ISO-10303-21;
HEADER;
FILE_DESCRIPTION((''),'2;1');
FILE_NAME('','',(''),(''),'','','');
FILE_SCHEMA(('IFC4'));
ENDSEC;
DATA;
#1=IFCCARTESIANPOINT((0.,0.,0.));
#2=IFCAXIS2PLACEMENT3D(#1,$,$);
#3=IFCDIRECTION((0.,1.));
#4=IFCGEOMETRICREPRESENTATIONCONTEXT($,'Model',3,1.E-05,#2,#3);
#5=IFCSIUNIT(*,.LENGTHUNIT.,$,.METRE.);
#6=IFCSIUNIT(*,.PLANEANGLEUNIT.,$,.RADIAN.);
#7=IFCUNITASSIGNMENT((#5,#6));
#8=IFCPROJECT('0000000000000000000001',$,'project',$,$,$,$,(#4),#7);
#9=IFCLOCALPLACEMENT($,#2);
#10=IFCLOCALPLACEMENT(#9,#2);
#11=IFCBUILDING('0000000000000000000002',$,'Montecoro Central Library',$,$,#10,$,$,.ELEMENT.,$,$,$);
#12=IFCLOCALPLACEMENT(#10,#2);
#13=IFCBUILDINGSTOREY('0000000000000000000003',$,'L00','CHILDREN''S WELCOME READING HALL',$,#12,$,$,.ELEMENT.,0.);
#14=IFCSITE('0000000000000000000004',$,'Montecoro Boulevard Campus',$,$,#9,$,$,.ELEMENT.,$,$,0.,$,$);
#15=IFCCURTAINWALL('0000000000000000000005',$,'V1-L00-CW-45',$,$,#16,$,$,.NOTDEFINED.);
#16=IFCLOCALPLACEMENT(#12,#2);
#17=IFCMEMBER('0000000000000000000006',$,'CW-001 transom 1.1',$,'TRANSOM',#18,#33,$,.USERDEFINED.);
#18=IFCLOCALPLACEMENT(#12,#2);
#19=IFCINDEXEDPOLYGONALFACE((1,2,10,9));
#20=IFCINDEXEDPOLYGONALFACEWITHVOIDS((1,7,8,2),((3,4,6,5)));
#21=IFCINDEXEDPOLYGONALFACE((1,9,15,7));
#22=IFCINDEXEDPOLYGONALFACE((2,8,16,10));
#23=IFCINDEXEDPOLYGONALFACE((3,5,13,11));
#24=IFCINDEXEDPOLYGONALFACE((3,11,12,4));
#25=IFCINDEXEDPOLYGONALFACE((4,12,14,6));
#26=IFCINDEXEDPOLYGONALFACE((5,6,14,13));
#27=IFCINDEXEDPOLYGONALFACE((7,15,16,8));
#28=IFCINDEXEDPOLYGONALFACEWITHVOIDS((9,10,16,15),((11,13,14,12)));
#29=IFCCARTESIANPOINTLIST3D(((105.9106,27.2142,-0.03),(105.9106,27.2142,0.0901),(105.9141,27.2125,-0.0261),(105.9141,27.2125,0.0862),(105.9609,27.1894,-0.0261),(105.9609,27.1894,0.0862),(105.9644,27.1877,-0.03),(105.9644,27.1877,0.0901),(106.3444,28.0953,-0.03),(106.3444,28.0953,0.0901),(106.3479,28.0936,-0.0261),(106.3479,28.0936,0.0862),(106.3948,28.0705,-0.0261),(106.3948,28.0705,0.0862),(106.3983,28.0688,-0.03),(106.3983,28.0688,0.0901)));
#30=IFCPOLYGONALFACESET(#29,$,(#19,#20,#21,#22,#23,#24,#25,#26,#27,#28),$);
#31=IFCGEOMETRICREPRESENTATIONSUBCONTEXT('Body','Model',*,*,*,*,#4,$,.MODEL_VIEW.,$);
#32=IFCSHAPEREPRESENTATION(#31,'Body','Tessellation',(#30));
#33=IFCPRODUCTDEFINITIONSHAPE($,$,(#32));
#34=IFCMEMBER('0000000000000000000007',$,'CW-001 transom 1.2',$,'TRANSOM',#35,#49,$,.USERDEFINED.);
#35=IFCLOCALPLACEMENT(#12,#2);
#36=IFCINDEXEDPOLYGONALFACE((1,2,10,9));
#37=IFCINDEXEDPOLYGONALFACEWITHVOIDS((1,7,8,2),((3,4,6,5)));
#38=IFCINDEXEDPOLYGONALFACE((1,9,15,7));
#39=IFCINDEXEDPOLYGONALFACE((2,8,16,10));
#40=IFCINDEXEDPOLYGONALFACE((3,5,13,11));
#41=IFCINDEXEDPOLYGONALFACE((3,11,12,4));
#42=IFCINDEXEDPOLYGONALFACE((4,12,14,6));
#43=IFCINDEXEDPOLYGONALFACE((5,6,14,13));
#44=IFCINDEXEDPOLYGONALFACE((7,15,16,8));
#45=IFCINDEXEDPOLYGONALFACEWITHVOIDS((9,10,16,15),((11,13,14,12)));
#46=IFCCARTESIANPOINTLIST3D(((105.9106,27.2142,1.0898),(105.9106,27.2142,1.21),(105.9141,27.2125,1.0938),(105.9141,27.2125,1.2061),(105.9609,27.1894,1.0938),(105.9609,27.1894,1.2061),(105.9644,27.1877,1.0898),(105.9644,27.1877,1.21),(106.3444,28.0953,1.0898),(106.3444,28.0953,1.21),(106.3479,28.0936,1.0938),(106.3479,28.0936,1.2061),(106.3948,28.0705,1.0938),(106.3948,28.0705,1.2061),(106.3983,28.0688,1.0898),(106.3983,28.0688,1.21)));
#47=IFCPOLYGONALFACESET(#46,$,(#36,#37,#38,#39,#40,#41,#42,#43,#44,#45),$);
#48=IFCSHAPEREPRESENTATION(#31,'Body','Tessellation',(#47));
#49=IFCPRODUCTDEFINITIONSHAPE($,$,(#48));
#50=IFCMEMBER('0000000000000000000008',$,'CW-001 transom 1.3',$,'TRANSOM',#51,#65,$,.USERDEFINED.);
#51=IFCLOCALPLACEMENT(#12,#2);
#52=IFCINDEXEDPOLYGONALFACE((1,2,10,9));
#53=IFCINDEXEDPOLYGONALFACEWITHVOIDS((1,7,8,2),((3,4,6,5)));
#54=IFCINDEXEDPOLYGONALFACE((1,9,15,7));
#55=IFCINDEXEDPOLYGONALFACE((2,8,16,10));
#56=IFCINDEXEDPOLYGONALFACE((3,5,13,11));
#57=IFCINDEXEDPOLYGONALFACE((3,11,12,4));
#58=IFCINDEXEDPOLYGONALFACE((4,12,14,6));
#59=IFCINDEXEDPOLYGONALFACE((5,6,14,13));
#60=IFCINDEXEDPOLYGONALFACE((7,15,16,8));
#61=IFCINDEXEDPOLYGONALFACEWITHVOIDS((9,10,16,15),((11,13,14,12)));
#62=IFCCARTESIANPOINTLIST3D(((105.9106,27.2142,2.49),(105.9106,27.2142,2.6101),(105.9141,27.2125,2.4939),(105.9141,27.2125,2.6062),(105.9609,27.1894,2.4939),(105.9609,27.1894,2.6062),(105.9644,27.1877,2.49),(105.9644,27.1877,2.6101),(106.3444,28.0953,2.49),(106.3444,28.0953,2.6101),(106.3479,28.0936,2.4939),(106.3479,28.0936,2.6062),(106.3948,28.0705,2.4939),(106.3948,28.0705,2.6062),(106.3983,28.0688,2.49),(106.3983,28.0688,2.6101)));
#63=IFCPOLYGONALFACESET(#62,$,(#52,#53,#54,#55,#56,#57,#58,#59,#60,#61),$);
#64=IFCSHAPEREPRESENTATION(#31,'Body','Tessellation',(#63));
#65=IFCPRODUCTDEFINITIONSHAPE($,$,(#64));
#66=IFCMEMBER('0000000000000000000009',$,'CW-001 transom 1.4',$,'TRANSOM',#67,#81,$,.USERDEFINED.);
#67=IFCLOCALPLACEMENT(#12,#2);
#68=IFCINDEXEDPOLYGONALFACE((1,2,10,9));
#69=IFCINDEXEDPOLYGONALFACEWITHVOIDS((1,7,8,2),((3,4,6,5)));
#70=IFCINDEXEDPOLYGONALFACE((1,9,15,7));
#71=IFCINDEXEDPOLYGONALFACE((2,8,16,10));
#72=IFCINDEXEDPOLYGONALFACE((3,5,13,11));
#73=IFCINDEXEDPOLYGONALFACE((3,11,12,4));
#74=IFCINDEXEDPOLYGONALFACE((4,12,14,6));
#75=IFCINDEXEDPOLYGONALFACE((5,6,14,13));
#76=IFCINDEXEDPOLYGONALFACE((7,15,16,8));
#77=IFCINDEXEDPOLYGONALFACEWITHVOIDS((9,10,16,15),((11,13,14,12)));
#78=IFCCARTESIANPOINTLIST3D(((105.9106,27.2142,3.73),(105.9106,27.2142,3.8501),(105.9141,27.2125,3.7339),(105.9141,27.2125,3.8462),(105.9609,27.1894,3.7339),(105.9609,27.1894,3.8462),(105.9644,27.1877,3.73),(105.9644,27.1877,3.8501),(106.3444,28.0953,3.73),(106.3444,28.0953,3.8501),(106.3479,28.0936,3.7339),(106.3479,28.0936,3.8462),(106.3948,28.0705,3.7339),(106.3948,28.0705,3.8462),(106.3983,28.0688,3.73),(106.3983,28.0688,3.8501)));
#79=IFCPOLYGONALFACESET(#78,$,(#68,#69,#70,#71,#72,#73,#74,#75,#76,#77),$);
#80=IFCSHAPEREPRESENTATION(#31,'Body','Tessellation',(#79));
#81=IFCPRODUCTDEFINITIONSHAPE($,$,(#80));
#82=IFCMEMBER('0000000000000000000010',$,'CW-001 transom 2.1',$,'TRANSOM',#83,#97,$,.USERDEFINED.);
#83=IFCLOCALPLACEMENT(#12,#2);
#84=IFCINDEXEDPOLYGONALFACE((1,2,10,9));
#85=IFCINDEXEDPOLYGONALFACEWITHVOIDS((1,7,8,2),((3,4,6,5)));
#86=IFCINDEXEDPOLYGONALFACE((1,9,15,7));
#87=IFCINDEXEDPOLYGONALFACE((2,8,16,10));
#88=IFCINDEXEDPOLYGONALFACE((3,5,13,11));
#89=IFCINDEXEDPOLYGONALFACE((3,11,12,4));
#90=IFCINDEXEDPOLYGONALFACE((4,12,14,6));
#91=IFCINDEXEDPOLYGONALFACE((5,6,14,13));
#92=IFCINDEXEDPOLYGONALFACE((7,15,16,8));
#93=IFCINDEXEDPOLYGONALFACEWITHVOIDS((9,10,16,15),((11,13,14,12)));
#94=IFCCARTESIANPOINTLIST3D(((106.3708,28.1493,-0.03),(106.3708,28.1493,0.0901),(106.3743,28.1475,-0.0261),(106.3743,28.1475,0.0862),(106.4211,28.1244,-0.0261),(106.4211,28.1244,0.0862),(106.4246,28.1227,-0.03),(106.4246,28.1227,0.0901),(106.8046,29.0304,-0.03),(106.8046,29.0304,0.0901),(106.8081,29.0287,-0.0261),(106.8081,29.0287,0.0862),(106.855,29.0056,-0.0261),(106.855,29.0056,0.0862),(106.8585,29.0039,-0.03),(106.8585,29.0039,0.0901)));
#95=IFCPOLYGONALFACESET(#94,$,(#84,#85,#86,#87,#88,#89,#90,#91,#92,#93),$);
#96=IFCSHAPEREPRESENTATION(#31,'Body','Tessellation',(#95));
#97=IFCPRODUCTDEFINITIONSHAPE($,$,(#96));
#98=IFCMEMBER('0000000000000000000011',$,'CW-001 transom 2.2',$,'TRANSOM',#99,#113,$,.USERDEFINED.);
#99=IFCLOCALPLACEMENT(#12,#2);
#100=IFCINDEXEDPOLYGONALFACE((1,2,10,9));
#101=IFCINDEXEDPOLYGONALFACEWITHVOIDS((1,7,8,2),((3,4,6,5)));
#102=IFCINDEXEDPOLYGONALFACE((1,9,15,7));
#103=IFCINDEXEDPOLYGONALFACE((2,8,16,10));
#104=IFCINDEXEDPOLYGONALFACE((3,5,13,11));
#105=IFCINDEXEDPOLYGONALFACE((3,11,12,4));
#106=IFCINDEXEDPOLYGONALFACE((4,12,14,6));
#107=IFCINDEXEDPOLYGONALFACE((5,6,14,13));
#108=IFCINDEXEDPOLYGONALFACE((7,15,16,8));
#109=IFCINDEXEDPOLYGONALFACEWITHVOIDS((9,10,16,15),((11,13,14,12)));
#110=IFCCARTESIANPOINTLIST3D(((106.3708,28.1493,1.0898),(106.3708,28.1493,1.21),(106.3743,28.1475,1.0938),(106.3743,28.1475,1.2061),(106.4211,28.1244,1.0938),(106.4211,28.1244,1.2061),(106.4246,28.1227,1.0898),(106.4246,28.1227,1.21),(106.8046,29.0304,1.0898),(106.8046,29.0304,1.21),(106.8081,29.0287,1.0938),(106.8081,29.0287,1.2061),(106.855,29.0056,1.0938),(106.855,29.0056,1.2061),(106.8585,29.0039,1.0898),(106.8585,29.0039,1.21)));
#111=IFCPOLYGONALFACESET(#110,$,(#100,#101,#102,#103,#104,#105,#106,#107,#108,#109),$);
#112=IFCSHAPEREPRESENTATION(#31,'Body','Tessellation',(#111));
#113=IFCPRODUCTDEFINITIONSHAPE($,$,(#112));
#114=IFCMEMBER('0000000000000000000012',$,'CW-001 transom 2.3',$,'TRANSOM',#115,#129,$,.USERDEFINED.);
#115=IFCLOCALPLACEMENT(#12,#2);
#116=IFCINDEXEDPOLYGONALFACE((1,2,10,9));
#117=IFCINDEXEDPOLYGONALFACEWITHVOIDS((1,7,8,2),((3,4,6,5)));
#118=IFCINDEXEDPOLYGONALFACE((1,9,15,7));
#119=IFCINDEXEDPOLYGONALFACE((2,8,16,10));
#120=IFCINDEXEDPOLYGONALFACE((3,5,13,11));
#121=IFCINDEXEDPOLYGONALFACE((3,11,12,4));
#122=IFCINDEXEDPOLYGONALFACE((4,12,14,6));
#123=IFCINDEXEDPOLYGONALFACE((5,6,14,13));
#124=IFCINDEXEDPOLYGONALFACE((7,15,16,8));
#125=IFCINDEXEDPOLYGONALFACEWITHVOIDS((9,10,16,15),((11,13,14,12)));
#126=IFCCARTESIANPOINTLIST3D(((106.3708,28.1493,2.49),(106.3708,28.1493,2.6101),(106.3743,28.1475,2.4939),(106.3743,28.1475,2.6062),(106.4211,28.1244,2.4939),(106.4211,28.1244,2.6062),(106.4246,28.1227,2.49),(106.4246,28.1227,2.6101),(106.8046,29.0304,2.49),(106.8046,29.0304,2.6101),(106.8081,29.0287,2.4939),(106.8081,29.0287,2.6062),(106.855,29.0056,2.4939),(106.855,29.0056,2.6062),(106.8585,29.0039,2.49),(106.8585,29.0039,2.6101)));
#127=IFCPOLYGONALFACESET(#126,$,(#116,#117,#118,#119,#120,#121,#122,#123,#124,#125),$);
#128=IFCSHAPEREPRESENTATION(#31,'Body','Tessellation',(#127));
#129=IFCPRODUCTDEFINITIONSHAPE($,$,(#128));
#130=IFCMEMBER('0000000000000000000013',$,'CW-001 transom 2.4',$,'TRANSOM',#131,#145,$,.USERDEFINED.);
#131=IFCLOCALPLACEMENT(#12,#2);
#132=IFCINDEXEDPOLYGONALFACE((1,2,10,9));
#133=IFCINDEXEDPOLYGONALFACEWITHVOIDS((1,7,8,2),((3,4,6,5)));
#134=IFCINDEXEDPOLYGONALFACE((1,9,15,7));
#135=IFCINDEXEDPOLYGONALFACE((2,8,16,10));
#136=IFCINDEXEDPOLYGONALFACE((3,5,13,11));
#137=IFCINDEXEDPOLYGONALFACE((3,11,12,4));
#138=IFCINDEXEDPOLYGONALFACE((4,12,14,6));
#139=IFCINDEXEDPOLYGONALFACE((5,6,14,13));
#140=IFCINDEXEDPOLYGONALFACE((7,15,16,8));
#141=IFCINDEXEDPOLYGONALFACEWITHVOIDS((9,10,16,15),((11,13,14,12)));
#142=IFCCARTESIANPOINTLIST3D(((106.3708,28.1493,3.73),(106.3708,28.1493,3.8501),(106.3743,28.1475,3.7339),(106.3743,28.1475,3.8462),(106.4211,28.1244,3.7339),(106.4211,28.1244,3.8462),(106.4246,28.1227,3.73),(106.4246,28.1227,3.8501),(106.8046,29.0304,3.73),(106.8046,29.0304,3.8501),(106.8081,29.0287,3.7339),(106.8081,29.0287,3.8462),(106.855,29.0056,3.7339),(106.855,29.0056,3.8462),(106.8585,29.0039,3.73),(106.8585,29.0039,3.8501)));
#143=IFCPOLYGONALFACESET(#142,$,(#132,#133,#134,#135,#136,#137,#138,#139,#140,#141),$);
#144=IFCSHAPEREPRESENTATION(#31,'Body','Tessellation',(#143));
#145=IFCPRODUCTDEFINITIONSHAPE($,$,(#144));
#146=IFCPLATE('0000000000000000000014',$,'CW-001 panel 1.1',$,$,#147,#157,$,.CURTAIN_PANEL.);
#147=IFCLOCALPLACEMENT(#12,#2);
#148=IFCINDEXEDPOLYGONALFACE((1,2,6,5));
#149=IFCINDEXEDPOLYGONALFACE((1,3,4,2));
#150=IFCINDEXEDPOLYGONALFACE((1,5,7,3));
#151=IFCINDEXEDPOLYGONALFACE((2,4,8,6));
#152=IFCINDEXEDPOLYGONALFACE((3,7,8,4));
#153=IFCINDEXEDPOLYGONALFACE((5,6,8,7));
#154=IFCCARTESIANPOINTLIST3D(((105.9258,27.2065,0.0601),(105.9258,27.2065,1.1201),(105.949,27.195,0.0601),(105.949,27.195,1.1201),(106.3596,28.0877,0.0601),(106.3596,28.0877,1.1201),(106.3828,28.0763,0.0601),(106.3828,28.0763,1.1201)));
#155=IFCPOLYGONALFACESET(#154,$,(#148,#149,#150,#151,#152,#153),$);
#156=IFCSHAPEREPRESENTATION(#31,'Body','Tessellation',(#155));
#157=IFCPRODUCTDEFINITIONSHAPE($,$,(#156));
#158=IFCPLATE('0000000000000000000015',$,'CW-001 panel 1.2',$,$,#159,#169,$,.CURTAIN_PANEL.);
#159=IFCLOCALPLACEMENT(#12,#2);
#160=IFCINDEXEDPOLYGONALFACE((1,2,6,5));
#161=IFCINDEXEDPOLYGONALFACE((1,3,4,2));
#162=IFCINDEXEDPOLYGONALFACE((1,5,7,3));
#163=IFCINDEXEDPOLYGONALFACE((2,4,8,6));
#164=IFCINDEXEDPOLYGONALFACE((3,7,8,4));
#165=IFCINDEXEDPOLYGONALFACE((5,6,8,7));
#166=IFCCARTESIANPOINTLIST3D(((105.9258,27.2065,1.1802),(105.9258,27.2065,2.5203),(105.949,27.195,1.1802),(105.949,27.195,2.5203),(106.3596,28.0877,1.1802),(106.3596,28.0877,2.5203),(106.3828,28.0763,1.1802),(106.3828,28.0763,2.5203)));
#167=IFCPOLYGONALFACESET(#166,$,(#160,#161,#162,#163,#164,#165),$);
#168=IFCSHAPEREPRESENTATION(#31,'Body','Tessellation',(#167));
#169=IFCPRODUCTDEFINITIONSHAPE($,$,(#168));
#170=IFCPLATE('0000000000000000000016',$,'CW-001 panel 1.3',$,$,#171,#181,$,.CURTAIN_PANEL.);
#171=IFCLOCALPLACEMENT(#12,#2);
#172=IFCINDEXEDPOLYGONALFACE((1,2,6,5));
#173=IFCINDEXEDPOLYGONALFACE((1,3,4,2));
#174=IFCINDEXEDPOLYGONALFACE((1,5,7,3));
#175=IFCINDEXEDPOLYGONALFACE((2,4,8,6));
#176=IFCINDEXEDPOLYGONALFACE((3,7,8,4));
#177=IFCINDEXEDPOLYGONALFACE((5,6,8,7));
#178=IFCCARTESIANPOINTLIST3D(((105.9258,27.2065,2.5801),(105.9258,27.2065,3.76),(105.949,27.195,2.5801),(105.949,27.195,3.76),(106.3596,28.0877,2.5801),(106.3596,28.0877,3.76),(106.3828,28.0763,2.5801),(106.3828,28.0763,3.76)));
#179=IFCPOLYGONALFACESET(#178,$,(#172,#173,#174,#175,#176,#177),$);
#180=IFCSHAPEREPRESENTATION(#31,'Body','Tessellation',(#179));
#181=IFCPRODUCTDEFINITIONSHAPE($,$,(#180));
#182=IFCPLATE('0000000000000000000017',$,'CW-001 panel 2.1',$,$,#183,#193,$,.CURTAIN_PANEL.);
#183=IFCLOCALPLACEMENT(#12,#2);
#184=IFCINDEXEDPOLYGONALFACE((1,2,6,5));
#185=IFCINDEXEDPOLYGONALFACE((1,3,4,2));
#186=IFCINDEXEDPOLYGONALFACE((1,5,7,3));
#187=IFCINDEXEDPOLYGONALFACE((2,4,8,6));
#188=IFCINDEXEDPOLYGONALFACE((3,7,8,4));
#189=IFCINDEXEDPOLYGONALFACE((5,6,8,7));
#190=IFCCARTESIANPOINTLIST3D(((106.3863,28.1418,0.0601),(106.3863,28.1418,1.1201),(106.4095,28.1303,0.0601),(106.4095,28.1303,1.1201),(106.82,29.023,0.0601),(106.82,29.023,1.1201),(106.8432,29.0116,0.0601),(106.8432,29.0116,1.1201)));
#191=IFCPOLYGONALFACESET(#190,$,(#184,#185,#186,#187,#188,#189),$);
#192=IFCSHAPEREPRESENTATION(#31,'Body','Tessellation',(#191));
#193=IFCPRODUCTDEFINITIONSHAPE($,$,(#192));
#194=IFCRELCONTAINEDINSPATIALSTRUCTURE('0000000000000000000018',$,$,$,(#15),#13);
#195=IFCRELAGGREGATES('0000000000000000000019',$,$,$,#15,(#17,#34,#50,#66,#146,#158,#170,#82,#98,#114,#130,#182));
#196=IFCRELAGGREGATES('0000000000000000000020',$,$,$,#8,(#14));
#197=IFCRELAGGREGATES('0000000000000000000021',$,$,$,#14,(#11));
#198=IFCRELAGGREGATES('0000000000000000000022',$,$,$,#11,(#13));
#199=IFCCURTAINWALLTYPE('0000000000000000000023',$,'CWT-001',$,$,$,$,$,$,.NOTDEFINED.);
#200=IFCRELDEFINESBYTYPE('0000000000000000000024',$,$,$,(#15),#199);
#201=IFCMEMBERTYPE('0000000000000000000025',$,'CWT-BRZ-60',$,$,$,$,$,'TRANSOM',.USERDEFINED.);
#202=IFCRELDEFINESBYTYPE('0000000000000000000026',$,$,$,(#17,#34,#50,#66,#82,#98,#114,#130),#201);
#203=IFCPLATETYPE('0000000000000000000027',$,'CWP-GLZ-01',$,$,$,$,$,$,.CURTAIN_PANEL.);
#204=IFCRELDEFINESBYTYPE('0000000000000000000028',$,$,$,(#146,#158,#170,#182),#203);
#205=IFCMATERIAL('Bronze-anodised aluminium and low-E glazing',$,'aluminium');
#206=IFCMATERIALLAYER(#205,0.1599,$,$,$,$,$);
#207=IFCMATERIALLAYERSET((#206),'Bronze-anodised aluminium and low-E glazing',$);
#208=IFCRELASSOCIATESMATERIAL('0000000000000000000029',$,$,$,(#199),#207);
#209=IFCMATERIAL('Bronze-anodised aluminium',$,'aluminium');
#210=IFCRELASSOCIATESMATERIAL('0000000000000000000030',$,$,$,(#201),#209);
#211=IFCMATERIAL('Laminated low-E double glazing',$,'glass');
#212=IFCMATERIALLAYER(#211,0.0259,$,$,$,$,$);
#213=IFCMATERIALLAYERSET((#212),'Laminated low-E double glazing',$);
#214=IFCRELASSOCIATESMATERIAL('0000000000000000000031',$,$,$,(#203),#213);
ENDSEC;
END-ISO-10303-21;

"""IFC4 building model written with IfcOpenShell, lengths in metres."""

from ifc_helpers import new_model, si_unit, direction, frame, origin, origin_2d, place, context, subcontext, project, spatial, rectangle, hollow_rectangle, extrude, material, layer, layer_set, material_profile, profile_set, type_object, element, aggregate, save


model = new_model("IFC4")

# Units and contexts
model_context = context("Model", 3, precision=1e-05, world=origin(), true_north=direction((0.0, 1.0)))
body_context = subcontext(model_context, "Body", "Model", "MODEL_VIEW")
ifc_project = project(units=[si_unit("LENGTHUNIT", "METRE"), si_unit("PLANEANGLEUNIT", "RADIAN")], contexts=[model_context])

# Site, building, storey
site_placement = place(None, origin())
site = spatial("IfcSite", under=ifc_project, at=site_placement, Name="Montecoro Boulevard Campus", CompositionType="ELEMENT", RefElevation=0.0)
building_placement = place(site_placement, origin())
building = spatial("IfcBuilding", under=site, at=building_placement, Name="Montecoro Central Library", CompositionType="ELEMENT")
storey_placement = place(building_placement, origin())
storey = spatial("IfcBuildingStorey", under=building, at=storey_placement, Name="L00", Description="CHILDREN'S WELCOME READING HALL", CompositionType="ELEMENT", Elevation=0.0)

# Curtain wall, members, plates
ifc_material_1 = material(Name="Bronze-anodised aluminium and low-E glazing", Category="aluminium")
ifc_layer_1 = layer(ifc_material_1, 0.1599)
ifc_layer_set_1 = layer_set([ifc_layer_1], Name="Bronze-anodised aluminium and low-E glazing")
curtain_wall_type = type_object("IfcCurtainWallType", Name="CWT-001", PredefinedType="NOTDEFINED", material=ifc_layer_set_1)
curtain_wall_placement = place(storey_placement, origin())
curtain_wall = element("IfcCurtainWall", 1, at=curtain_wall_placement, inside=storey, type_object=curtain_wall_type, Name="V1-L00-CW-45", PredefinedType="NOTDEFINED")
ifc_material_2 = material(Name="Bronze-anodised aluminium", Category="aluminium")
ifc_material_profile_1 = material_profile(ifc_material_2, hollow_rectangle(XDim=0.0601, YDim=0.1201, WallThickness=0.0039, at=origin_2d()), Name="CWT 120x60x4.0")
ifc_profile_set_1 = profile_set([ifc_material_profile_1], Name="Bronze-anodised aluminium")
member_type_1 = type_object("IfcMemberType", Name="CWT-BRZ-60", ElementType="TRANSOM", PredefinedType="USERDEFINED", material=ifc_profile_set_1)
member_1_placement = place(storey_placement, frame((105.9375, 27.2009, 0.03), z_axis=(0.441736, 0.897145, 0.0), x_axis=(-0.897145, 0.441736, 0.0)))
member_1 = element("IfcMember", 2, at=member_1_placement, type_object=member_type_1, Name="CW-001 transom 1.1", ObjectType="TRANSOM", PredefinedType="USERDEFINED", context=body_context, shape_type="SweptSolid", body=[
    extrude(hollow_rectangle(XDim=0.0601, YDim=0.1201, WallThickness=0.0039, at=origin_2d()), origin(), (0.0, 0.0, 1.0), 0.9822),
])
member_2_placement = place(storey_placement, frame((105.9375, 27.2009, 1.1499), z_axis=(0.441736, 0.897145, 0.0), x_axis=(-0.897145, 0.441736, 0.0)))
member_2 = element("IfcMember", 3, at=member_2_placement, type_object=member_type_1, Name="CW-001 transom 1.2", ObjectType="TRANSOM", PredefinedType="USERDEFINED", context=body_context, shape_type="SweptSolid", body=[
    extrude(hollow_rectangle(XDim=0.0601, YDim=0.1201, WallThickness=0.0039, at=origin_2d()), origin(), (0.0, 0.0, 1.0), 0.9822),
])
member_3_placement = place(storey_placement, frame((105.9375, 27.2009, 2.55), z_axis=(0.441736, 0.897145, 0.0), x_axis=(-0.897145, 0.441736, 0.0)))
member_3 = element("IfcMember", 4, at=member_3_placement, type_object=member_type_1, Name="CW-001 transom 1.3", ObjectType="TRANSOM", PredefinedType="USERDEFINED", context=body_context, shape_type="SweptSolid", body=[
    extrude(hollow_rectangle(XDim=0.0601, YDim=0.1201, WallThickness=0.0039, at=origin_2d()), origin(), (0.0, 0.0, 1.0), 0.9822),
])
member_4_placement = place(storey_placement, frame((105.9375, 27.2009, 3.79), z_axis=(0.441736, 0.897145, 0.0), x_axis=(-0.897145, 0.441736, 0.0)))
member_4 = element("IfcMember", 5, at=member_4_placement, type_object=member_type_1, Name="CW-001 transom 1.4", ObjectType="TRANSOM", PredefinedType="USERDEFINED", context=body_context, shape_type="SweptSolid", body=[
    extrude(hollow_rectangle(XDim=0.0601, YDim=0.1201, WallThickness=0.0039, at=origin_2d()), origin(), (0.0, 0.0, 1.0), 0.9822),
])
member_5_placement = place(storey_placement, frame((106.3977, 28.136, 0.03), z_axis=(0.441736, 0.897145, 0.0), x_axis=(-0.897145, 0.441736, 0.0)))
member_5 = element("IfcMember", 6, at=member_5_placement, type_object=member_type_1, Name="CW-001 transom 2.1", ObjectType="TRANSOM", PredefinedType="USERDEFINED", context=body_context, shape_type="SweptSolid", body=[
    extrude(hollow_rectangle(XDim=0.0601, YDim=0.1201, WallThickness=0.0039, at=origin_2d()), origin(), (0.0, 0.0, 1.0), 0.9822),
])
member_6_placement = place(storey_placement, frame((106.3977, 28.136, 1.1499), z_axis=(0.441736, 0.897145, 0.0), x_axis=(-0.897145, 0.441736, 0.0)))
member_6 = element("IfcMember", 7, at=member_6_placement, type_object=member_type_1, Name="CW-001 transom 2.2", ObjectType="TRANSOM", PredefinedType="USERDEFINED", context=body_context, shape_type="SweptSolid", body=[
    extrude(hollow_rectangle(XDim=0.0601, YDim=0.1201, WallThickness=0.0039, at=origin_2d()), origin(), (0.0, 0.0, 1.0), 0.9822),
])
member_7_placement = place(storey_placement, frame((106.3977, 28.136, 2.55), z_axis=(0.441736, 0.897145, 0.0), x_axis=(-0.897145, 0.441736, 0.0)))
member_7 = element("IfcMember", 8, at=member_7_placement, type_object=member_type_1, Name="CW-001 transom 2.3", ObjectType="TRANSOM", PredefinedType="USERDEFINED", context=body_context, shape_type="SweptSolid", body=[
    extrude(hollow_rectangle(XDim=0.0601, YDim=0.1201, WallThickness=0.0039, at=origin_2d()), origin(), (0.0, 0.0, 1.0), 0.9822),
])
member_8_placement = place(storey_placement, frame((106.3977, 28.136, 3.79), z_axis=(0.441736, 0.897145, 0.0), x_axis=(-0.897145, 0.441736, 0.0)))
member_8 = element("IfcMember", 9, at=member_8_placement, type_object=member_type_1, Name="CW-001 transom 2.4", ObjectType="TRANSOM", PredefinedType="USERDEFINED", context=body_context, shape_type="SweptSolid", body=[
    extrude(hollow_rectangle(XDim=0.0601, YDim=0.1201, WallThickness=0.0039, at=origin_2d()), origin(), (0.0, 0.0, 1.0), 0.9822),
])
ifc_material_3 = material(Name="Laminated low-E double glazing", Category="glass")
ifc_layer_2 = layer(ifc_material_3, 0.0259)
ifc_layer_set_2 = layer_set([ifc_layer_2], Name="Laminated low-E double glazing")
plate_type_1 = type_object("IfcPlateType", Name="CWP-GLZ-01", PredefinedType="CURTAIN_PANEL", material=ifc_layer_set_2)
plate_1_placement = place(storey_placement, frame((106.1543, 27.6414, 0.0601), z_axis=(0.0, 0.0, 1.0), x_axis=(0.441609, 0.897208, 0.0)))
plate_1 = element("IfcPlate", 10, at=plate_1_placement, type_object=plate_type_1, Name="CW-001 panel 1.1", PredefinedType="CURTAIN_PANEL", context=body_context, shape_type="SweptSolid", body=[
    extrude(rectangle(XDim=0.9822, YDim=0.0259, at=origin_2d()), origin(), (0.0, 0.0, 1.0), 1.0601),
])
plate_2_placement = place(storey_placement, frame((106.1543, 27.6414, 1.1802), z_axis=(0.0, 0.0, 1.0), x_axis=(0.441609, 0.897208, 0.0)))
plate_2 = element("IfcPlate", 11, at=plate_2_placement, type_object=plate_type_1, Name="CW-001 panel 1.2", PredefinedType="CURTAIN_PANEL", context=body_context, shape_type="SweptSolid", body=[
    extrude(rectangle(XDim=0.9822, YDim=0.0259, at=origin_2d()), origin(), (0.0, 0.0, 1.0), 1.3401),
])
plate_3_placement = place(storey_placement, frame((106.1543, 27.6414, 2.5801), z_axis=(0.0, 0.0, 1.0), x_axis=(0.441609, 0.897208, 0.0)))
plate_3 = element("IfcPlate", 12, at=plate_3_placement, type_object=plate_type_1, Name="CW-001 panel 1.3", PredefinedType="CURTAIN_PANEL", context=body_context, shape_type="SweptSolid", body=[
    extrude(rectangle(XDim=0.9822, YDim=0.0259, at=origin_2d()), origin(), (0.0, 0.0, 1.0), 1.1799),
])
plate_4_placement = place(storey_placement, frame((106.6147, 28.5767, 0.0601), z_axis=(0.0, 0.0, 1.0), x_axis=(0.441609, 0.897208, 0.0)))
plate_4 = element("IfcPlate", 13, at=plate_4_placement, type_object=plate_type_1, Name="CW-001 panel 2.1", PredefinedType="CURTAIN_PANEL", context=body_context, shape_type="SweptSolid", body=[
    extrude(rectangle(XDim=0.9822, YDim=0.0259, at=origin_2d()), origin(), (0.0, 0.0, 1.0), 1.0601),
])
aggregate(curtain_wall, [member_1, member_2, member_3, member_4, plate_1, plate_2, plate_3, member_5, member_6, member_7, member_8, plate_4])

save(model, "model.ifc")
